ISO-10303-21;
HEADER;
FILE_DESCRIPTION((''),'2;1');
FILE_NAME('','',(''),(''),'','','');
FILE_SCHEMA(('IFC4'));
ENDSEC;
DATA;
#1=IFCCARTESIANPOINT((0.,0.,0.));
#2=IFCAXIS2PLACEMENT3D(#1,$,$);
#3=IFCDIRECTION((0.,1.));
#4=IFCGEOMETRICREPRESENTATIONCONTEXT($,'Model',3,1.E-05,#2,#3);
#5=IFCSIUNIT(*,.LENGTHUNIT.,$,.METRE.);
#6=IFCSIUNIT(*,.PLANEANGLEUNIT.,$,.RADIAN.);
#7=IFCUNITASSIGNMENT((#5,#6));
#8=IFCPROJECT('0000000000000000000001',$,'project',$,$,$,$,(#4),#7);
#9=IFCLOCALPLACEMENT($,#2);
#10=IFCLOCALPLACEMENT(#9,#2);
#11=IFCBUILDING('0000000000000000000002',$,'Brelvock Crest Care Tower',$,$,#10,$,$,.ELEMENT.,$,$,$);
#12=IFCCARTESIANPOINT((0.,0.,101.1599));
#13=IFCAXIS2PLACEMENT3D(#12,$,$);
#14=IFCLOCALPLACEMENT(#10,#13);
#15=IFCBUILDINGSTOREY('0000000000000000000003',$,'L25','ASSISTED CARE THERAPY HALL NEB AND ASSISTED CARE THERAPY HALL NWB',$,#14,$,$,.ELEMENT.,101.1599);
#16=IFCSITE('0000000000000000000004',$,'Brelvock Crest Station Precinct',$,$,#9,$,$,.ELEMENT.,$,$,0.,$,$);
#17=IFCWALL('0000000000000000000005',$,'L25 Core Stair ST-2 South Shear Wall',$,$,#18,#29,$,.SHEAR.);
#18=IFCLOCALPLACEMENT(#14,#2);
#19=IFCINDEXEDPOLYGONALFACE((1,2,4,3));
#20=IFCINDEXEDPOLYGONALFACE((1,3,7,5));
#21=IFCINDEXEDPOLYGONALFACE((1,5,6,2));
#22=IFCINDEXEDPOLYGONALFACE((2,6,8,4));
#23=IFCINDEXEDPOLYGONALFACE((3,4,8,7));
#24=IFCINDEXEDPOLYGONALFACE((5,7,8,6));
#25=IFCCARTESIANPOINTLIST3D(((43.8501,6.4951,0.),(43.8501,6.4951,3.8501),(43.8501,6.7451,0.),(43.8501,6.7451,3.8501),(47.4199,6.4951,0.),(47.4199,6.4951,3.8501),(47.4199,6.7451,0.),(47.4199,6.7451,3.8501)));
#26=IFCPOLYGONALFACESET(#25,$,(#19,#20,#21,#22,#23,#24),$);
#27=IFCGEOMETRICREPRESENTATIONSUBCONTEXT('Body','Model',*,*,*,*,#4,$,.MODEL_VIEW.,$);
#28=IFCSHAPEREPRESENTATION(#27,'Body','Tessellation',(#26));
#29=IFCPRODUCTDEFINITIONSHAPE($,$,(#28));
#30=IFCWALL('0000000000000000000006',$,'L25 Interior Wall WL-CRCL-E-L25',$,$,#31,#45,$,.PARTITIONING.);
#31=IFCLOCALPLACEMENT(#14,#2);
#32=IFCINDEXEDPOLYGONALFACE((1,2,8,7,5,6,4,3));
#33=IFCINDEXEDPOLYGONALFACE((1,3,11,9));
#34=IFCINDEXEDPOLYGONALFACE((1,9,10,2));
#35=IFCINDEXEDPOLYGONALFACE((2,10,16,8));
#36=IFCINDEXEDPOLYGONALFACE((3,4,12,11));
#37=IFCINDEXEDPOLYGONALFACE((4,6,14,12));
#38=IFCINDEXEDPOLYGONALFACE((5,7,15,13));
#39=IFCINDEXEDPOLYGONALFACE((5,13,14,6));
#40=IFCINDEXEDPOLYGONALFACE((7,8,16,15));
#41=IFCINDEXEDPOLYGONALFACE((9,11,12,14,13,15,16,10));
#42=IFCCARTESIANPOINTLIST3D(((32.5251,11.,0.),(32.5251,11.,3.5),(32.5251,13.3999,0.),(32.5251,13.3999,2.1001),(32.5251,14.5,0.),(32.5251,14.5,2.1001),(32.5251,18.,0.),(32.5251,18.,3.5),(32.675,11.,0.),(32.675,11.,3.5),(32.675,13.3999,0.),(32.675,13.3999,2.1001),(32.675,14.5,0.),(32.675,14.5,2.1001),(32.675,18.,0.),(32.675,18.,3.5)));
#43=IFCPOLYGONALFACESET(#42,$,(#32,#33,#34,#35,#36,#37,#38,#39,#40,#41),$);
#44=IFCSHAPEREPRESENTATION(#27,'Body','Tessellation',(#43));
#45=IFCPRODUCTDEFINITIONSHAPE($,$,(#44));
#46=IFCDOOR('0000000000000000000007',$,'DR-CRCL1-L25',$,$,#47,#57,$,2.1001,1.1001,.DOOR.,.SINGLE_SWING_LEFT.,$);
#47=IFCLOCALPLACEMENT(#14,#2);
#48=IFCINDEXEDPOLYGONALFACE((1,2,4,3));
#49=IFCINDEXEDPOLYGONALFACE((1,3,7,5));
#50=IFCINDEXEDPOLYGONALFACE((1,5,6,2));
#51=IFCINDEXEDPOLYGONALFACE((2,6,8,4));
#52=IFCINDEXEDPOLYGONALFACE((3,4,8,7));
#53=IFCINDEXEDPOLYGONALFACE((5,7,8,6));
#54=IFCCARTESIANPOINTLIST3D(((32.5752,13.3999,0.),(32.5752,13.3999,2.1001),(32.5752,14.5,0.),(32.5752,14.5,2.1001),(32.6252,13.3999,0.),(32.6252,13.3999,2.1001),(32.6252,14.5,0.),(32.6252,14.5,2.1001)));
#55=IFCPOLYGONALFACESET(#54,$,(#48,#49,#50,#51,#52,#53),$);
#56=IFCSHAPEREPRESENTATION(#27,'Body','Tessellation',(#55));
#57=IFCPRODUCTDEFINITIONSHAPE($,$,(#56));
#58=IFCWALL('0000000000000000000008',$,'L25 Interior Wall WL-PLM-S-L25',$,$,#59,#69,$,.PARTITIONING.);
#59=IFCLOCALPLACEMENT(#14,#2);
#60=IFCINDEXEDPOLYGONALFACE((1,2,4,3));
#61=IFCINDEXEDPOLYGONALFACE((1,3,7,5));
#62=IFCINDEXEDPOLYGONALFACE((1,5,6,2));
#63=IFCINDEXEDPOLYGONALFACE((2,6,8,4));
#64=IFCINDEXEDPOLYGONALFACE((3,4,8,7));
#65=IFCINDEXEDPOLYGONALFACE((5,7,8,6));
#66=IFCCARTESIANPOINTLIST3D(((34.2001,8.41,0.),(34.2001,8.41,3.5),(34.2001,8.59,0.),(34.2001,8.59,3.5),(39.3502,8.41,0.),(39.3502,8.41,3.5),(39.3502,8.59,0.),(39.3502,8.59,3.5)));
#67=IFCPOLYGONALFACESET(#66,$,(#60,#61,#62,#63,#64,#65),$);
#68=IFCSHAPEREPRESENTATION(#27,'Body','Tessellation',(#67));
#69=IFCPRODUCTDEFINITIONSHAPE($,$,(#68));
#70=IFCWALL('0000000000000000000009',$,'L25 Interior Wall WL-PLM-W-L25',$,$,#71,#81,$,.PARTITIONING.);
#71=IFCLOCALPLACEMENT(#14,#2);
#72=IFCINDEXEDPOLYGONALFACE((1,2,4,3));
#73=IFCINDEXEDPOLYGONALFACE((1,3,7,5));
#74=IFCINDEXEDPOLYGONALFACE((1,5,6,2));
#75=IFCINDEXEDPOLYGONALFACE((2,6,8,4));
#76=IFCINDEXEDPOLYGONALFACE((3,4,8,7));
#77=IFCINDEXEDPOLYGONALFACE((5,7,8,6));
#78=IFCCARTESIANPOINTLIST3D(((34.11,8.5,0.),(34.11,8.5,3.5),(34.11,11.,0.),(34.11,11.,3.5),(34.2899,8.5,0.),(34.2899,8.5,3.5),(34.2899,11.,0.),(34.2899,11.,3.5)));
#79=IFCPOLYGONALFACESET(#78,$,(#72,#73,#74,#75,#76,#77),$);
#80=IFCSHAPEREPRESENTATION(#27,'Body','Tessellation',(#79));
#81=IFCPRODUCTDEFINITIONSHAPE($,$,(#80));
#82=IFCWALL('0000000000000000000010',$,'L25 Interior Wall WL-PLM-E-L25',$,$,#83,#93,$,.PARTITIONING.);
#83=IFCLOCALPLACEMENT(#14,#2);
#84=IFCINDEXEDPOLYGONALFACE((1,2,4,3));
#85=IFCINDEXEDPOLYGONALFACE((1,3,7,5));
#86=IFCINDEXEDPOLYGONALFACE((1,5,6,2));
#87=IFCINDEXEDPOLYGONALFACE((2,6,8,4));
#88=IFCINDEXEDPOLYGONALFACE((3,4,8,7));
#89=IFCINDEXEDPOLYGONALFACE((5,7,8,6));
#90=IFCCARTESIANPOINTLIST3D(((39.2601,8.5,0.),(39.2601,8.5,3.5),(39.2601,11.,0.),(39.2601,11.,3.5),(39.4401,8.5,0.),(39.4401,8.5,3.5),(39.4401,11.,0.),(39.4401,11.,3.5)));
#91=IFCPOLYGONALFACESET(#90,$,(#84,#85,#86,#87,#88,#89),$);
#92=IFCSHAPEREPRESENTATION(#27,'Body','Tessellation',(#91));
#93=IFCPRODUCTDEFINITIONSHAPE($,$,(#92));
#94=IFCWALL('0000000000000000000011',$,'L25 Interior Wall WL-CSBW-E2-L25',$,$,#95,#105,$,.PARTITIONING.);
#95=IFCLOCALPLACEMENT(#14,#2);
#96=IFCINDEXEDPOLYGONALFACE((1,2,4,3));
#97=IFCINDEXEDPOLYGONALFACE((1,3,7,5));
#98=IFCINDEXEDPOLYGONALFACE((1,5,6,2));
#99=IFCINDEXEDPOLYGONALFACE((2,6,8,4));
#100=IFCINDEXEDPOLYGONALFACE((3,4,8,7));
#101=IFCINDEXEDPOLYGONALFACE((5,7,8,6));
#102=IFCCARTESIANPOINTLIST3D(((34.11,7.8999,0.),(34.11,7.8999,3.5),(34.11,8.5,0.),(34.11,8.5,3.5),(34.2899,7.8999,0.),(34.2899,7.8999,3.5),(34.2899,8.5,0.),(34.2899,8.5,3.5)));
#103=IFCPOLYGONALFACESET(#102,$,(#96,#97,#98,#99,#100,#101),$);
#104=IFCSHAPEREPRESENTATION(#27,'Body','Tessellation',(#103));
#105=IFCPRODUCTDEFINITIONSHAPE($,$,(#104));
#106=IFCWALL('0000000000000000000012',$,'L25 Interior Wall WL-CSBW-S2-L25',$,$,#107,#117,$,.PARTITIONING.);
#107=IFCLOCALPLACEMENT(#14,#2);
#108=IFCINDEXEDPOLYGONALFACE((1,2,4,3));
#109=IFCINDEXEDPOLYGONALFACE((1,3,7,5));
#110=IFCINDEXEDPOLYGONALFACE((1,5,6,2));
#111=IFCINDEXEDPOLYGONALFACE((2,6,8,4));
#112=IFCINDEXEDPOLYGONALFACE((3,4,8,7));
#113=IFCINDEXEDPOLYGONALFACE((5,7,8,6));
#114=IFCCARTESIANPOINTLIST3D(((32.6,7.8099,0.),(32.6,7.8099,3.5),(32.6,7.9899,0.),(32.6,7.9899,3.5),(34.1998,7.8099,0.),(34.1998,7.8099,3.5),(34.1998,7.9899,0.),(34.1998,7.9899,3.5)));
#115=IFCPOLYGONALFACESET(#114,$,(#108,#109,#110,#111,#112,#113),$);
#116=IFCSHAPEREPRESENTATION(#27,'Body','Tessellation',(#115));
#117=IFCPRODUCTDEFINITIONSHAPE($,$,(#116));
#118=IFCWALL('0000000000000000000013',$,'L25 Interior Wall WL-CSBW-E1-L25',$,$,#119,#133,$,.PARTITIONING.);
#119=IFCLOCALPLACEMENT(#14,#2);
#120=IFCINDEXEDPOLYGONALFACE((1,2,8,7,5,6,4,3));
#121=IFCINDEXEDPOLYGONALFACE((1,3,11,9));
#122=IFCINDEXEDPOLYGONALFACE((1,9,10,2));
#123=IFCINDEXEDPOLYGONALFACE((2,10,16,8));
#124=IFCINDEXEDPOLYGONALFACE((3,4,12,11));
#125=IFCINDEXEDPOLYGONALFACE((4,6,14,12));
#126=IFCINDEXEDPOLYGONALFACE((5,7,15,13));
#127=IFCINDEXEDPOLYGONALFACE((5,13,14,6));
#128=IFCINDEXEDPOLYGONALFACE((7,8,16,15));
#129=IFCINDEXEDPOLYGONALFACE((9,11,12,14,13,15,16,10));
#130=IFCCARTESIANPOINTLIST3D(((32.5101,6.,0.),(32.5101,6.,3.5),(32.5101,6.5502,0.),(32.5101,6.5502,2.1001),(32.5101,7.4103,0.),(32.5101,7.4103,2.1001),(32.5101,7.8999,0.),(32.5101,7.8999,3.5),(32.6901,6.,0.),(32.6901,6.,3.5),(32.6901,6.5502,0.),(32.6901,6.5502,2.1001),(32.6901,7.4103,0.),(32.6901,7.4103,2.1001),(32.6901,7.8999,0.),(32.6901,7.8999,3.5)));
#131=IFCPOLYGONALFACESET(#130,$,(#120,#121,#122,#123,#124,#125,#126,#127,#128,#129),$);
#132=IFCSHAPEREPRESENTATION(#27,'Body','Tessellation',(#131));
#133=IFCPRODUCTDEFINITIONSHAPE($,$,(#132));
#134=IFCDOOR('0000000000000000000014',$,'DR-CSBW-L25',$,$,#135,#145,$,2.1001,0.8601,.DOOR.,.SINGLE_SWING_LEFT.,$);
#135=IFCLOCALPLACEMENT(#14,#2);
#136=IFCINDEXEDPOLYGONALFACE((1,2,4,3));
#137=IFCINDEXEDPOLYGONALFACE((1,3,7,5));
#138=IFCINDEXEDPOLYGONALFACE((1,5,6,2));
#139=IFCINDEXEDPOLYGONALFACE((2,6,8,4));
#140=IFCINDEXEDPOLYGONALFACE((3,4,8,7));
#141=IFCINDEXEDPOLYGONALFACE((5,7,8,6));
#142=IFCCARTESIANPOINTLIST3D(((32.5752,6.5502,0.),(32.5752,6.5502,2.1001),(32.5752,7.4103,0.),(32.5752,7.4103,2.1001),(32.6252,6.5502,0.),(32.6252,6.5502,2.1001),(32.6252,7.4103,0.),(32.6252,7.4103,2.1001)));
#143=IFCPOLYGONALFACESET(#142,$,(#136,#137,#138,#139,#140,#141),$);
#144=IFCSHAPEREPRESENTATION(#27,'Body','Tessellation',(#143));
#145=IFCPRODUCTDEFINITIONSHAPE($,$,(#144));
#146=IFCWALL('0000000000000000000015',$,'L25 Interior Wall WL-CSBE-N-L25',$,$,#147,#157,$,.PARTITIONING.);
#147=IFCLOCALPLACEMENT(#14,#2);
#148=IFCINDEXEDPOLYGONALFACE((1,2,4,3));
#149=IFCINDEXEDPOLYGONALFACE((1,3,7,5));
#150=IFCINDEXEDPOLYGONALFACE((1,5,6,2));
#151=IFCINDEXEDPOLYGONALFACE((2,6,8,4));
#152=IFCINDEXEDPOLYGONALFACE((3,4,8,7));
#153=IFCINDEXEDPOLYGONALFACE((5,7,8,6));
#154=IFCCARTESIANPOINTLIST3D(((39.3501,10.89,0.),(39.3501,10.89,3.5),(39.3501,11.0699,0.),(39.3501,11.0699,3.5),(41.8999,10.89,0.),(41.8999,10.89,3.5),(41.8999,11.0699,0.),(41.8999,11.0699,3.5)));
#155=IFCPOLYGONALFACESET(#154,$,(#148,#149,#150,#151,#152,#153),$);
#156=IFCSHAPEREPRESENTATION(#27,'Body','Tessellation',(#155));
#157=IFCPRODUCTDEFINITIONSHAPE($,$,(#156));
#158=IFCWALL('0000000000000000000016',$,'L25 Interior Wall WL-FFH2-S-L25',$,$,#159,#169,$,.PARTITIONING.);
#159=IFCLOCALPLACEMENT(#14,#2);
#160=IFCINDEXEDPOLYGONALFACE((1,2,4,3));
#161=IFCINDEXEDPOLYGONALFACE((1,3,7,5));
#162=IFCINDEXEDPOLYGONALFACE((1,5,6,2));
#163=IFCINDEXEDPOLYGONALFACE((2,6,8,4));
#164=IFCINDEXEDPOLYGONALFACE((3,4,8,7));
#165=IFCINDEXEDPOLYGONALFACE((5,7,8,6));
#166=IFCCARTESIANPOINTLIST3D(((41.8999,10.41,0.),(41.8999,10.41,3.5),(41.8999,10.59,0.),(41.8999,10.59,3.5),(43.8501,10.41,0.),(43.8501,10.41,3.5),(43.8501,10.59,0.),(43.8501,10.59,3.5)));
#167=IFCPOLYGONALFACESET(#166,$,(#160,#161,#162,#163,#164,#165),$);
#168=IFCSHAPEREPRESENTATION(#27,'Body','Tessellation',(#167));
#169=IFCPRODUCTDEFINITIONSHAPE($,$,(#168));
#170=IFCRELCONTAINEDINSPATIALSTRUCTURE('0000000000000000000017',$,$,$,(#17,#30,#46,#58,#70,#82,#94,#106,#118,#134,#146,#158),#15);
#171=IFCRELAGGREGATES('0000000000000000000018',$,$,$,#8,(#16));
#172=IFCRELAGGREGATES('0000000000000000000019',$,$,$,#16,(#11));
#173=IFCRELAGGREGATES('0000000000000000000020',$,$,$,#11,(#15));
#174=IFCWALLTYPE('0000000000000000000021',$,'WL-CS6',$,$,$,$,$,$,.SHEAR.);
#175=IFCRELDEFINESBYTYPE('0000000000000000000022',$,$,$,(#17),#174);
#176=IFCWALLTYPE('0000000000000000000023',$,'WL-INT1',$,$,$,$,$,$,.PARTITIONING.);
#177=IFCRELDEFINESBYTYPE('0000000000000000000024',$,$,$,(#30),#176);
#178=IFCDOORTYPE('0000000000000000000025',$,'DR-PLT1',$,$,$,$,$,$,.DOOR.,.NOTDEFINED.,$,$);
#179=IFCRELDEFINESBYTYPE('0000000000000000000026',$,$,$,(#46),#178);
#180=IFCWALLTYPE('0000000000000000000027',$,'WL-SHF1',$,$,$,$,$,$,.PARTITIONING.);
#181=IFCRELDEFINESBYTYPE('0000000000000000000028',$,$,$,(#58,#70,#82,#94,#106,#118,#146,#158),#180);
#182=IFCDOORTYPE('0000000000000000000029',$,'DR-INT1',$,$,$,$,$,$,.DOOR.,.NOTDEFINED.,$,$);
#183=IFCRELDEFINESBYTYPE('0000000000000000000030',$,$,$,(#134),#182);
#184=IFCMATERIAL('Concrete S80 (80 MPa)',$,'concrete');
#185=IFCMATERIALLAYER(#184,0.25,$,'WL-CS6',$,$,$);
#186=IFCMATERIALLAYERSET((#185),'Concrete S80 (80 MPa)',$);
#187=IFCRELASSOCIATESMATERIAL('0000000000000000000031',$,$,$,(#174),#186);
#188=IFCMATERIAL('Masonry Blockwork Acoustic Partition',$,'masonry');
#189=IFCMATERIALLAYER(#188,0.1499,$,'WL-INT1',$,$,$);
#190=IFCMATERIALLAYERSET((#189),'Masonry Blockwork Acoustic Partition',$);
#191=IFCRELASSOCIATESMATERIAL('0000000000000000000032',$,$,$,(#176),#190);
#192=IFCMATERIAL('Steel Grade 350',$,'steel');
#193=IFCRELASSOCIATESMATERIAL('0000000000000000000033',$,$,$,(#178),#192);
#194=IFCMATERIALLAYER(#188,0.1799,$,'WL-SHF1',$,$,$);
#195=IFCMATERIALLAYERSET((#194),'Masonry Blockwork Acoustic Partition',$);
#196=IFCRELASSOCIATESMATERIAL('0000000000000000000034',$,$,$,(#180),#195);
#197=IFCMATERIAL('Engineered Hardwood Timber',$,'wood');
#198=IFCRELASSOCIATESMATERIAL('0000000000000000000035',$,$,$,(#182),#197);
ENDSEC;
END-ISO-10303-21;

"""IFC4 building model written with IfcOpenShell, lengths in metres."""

from ifc_helpers import new_model, si_unit, direction, frame, frame_2d, origin, origin_2d, place, context, subcontext, project, spatial, rectangle, extrude, source, transform, mapped, material, layer, layer_set, type_object, element, fill, save


model = new_model("IFC4")

# Units and contexts
model_context = context("Model", 3, precision=1e-05, world=origin(), true_north=direction((0.0, 1.0)))
body_context = subcontext(model_context, "Body", "Model", "MODEL_VIEW")
ifc_project = project(units=[si_unit("LENGTHUNIT", "METRE"), si_unit("PLANEANGLEUNIT", "RADIAN")], contexts=[model_context])

# Site, building, storey
site_placement = place(None, origin())
site = spatial("IfcSite", under=ifc_project, at=site_placement, Name="Brelvock Crest Station Precinct", CompositionType="ELEMENT", RefElevation=0.0)
building_placement = place(site_placement, origin())
building = spatial("IfcBuilding", under=site, at=building_placement, Name="Brelvock Crest Care Tower", CompositionType="ELEMENT")
storey_placement = place(building_placement, frame((0.0, 0.0, 101.1599)))
storey = spatial("IfcBuildingStorey", under=building, at=storey_placement, Name="L25", Description="ASSISTED CARE THERAPY HALL NEB AND ASSISTED CARE THERAPY HALL NWB", CompositionType="ELEMENT", Elevation=101.1599)

# Shared definitions
ifc_material_1 = material(Name="Concrete S80 (80 MPa)", Category="concrete")

# Shared definitions
ifc_material_2 = material(Name="Steel Grade 350", Category="steel")

# Wall
ifc_layer_1 = layer(ifc_material_1, 0.25, Name="WL-CS6")
ifc_layer_set_1 = layer_set([ifc_layer_1], Name="Concrete S80 (80 MPa)")
wall_type_1 = type_object("IfcWallType", Name="WL-CS6", PredefinedType="SHEAR", material=ifc_layer_set_1)
wall_1_placement = place(storey_placement, frame((43.8501, 6.6201, 0.0), z_axis=(0.0, 0.0, 1.0), x_axis=(1.0, 0.0, 0.0)))
element("IfcWall", 1, at=wall_1_placement, inside=storey, type_object=wall_type_1, Name="L25 Core Stair ST-2 South Shear Wall", PredefinedType="SHEAR", context=body_context, shape_type="SweptSolid", body=[
    extrude(rectangle(XDim=3.5698, YDim=0.25, at=frame_2d((1.7849, 0.0))), origin(), (0.0, 0.0, 1.0), 3.8501),
])

# Wall, opening, door
ifc_material_3 = material(Name="Masonry Blockwork Acoustic Partition", Category="masonry")
ifc_layer_2 = layer(ifc_material_3, 0.1499, Name="WL-INT1")
ifc_layer_set_2 = layer_set([ifc_layer_2], Name="Masonry Blockwork Acoustic Partition")
wall_type_2 = type_object("IfcWallType", Name="WL-INT1", PredefinedType="PARTITIONING", material=ifc_layer_set_2)
wall_2_placement = place(storey_placement, frame((32.6001, 11.0, 0.0), z_axis=(0.0, 0.0, 1.0), x_axis=(0.0, 1.0, 0.0)))
wall_2 = element("IfcWall", 2, at=wall_2_placement, inside=storey, type_object=wall_type_2, Name="L25 Interior Wall WL-CRCL-E-L25", PredefinedType="PARTITIONING", context=body_context, shape_type="SweptSolid", body=[
    extrude(rectangle(XDim=7.0, YDim=0.1499, at=frame_2d((3.5, 0.0))), origin(), (0.0, 0.0, 1.0), 3.5),
])
opening_1_placement = place(wall_2_placement, frame((2.3999, 0.0, 0.0)))
opening_1 = element("IfcOpeningElement", 3, at=opening_1_placement, cuts=wall_2, PredefinedType="OPENING", context=body_context, shape_type="SweptSolid", body=[
    extrude(rectangle(XDim=1.1001, YDim=2.1001, at=origin_2d()), frame((0.55, 0.085, 1.05), z_axis=(0.0, -1.0, 0.0), x_axis=(1.0, 0.0, 0.0)), (0.0, 0.0, 1.0), 0.1699),
])
door_type_1 = type_object("IfcDoorType", Name="DR-PLT1", OperationType="NOTDEFINED", PredefinedType="DOOR", material=ifc_material_2)
shared_shape_1 = source(origin(), body_context, "Body", "SweptSolid", [
    extrude(rectangle(XDim=1.1001, YDim=2.1001, at=origin_2d()), frame((0.55, 0.0249, 1.05), z_axis=(0.0, -1.0, 0.0), x_axis=(1.0, 0.0, 0.0)), (0.0, 0.0, 1.0), 0.05),
])
door_1_placement = place(opening_1_placement, origin())
door_1 = element("IfcDoor", 4, at=door_1_placement, inside=storey, type_object=door_type_1, Name="DR-CRCL1-L25", OperationType="SINGLE_SWING_LEFT", OverallHeight=2.1001, OverallWidth=1.1001, PredefinedType="DOOR", context=body_context, shape_type="MappedRepresentation", body=[
    mapped(shared_shape_1, transform((0.0, 0.0, 0.0), x_axis=(1.0, 0.0, 0.0), y_axis=(0.0, 1.0, 0.0), z_axis=(0.0, 0.0, 1.0), scale=1.0)),
])
fill(opening_1, door_1)

# Walls
ifc_layer_3 = layer(ifc_material_3, 0.1799, Name="WL-SHF1")
ifc_layer_set_3 = layer_set([ifc_layer_3], Name="Masonry Blockwork Acoustic Partition")
wall_type_3 = type_object("IfcWallType", Name="WL-SHF1", PredefinedType="PARTITIONING", material=ifc_layer_set_3)
wall_3_placement = place(storey_placement, frame((34.2, 8.5, 0.0), z_axis=(0.0, 0.0, 1.0), x_axis=(1.0, 0.0, 0.0)))
element("IfcWall", 5, at=wall_3_placement, inside=storey, type_object=wall_type_3, Name="L25 Interior Wall WL-PLM-S-L25", PredefinedType="PARTITIONING", context=body_context, shape_type="SweptSolid", body=[
    extrude(rectangle(XDim=5.1501, YDim=0.1799, at=frame_2d((2.5752, 0.0))), origin(), (0.0, 0.0, 1.0), 3.5),
])
for number, where, z_axis, x_axis, name in (
    (6, (34.2, 8.5, 0.0), (0.0, 0.0, 1.0), (0.0, 1.0, 0.0), "L25 Interior Wall WL-PLM-W-L25"),
    (7, (39.3501, 8.5, 0.0), (0.0, 0.0, 1.0), (0.0, 1.0, 0.0), "L25 Interior Wall WL-PLM-E-L25"),
):
    element("IfcWall", number, at=place(storey_placement, frame(where, z_axis=z_axis, x_axis=x_axis)), inside=storey, type_object=wall_type_3, Name=name, PredefinedType="PARTITIONING", context=body_context, shape_type="SweptSolid", body=[
        extrude(rectangle(XDim=2.5, YDim=0.1799, at=frame_2d((1.25, 0.0))), origin(), (0.0, 0.0, 1.0), 3.5),
    ])
wall_4_placement = place(storey_placement, frame((34.2, 7.8999, 0.0), z_axis=(0.0, 0.0, 1.0), x_axis=(0.0, 1.0, 0.0)))
element("IfcWall", 8, at=wall_4_placement, inside=storey, type_object=wall_type_3, Name="L25 Interior Wall WL-CSBW-E2-L25", PredefinedType="PARTITIONING", context=body_context, shape_type="SweptSolid", body=[
    extrude(rectangle(XDim=0.6001, YDim=0.1799, at=frame_2d((0.3, 0.0))), origin(), (0.0, 0.0, 1.0), 3.5),
])
wall_5_placement = place(storey_placement, frame((32.6001, 7.8999, 0.0), z_axis=(0.0, 0.0, 1.0), x_axis=(1.0, 0.0, 0.0)))
element("IfcWall", 9, at=wall_5_placement, inside=storey, type_object=wall_type_3, Name="L25 Interior Wall WL-CSBW-S2-L25", PredefinedType="PARTITIONING", context=body_context, shape_type="SweptSolid", body=[
    extrude(rectangle(XDim=1.5999, YDim=0.1799, at=frame_2d((0.7998, 0.0))), origin(), (0.0, 0.0, 1.0), 3.5),
])

# Wall, opening, door
wall_6_placement = place(storey_placement, frame((32.6001, 6.0, 0.0), z_axis=(0.0, 0.0, 1.0), x_axis=(0.0, 1.0, 0.0)))
wall_6 = element("IfcWall", 10, at=wall_6_placement, inside=storey, type_object=wall_type_3, Name="L25 Interior Wall WL-CSBW-E1-L25", PredefinedType="PARTITIONING", context=body_context, shape_type="SweptSolid", body=[
    extrude(rectangle(XDim=1.8999, YDim=0.1799, at=frame_2d((0.95, 0.0))), origin(), (0.0, 0.0, 1.0), 3.5),
])
opening_2_placement = place(wall_6_placement, frame((0.55, 0.0, 0.0)))
opening_2 = element("IfcOpeningElement", 11, at=opening_2_placement, cuts=wall_6, PredefinedType="OPENING", context=body_context, shape_type="SweptSolid", body=[
    extrude(rectangle(XDim=0.8601, YDim=2.1001, at=origin_2d()), frame((0.4302, 0.1001, 1.05), z_axis=(0.0, -1.0, 0.0), x_axis=(1.0, 0.0, 0.0)), (0.0, 0.0, 1.0), 0.2),
])
ifc_material_4 = material(Name="Engineered Hardwood Timber", Category="wood")
door_type_2 = type_object("IfcDoorType", Name="DR-INT1", OperationType="NOTDEFINED", PredefinedType="DOOR", material=ifc_material_4)
shared_shape_2 = source(origin(), body_context, "Body", "SweptSolid", [
    extrude(rectangle(XDim=0.8601, YDim=2.1001, at=origin_2d()), frame((0.4302, 0.0249, 1.05), z_axis=(0.0, -1.0, 0.0), x_axis=(1.0, 0.0, 0.0)), (0.0, 0.0, 1.0), 0.05),
])
door_2_placement = place(opening_2_placement, origin())
door_2 = element("IfcDoor", 12, at=door_2_placement, inside=storey, type_object=door_type_2, Name="DR-CSBW-L25", OperationType="SINGLE_SWING_LEFT", OverallHeight=2.1001, OverallWidth=0.8601, PredefinedType="DOOR", context=body_context, shape_type="MappedRepresentation", body=[
    mapped(shared_shape_2, transform((0.0, 0.0, 0.0), x_axis=(1.0, 0.0, 0.0), y_axis=(0.0, 1.0, 0.0), z_axis=(0.0, 0.0, 1.0), scale=1.0)),
])
fill(opening_2, door_2)

# Walls
wall_7_placement = place(storey_placement, frame((39.3501, 10.98, 0.0), z_axis=(0.0, 0.0, 1.0), x_axis=(1.0, 0.0, 0.0)))
element("IfcWall", 13, at=wall_7_placement, inside=storey, type_object=wall_type_3, Name="L25 Interior Wall WL-CSBE-N-L25", PredefinedType="PARTITIONING", context=body_context, shape_type="SweptSolid", body=[
    extrude(rectangle(XDim=2.5498, YDim=0.1799, at=frame_2d((1.2749, 0.0))), origin(), (0.0, 0.0, 1.0), 3.5),
])
wall_8_placement = place(storey_placement, frame((41.8999, 10.5, 0.0), z_axis=(0.0, 0.0, 1.0), x_axis=(1.0, 0.0, 0.0)))
element("IfcWall", 14, at=wall_8_placement, inside=storey, type_object=wall_type_3, Name="L25 Interior Wall WL-FFH2-S-L25", PredefinedType="PARTITIONING", context=body_context, shape_type="SweptSolid", body=[
    extrude(rectangle(XDim=1.9502, YDim=0.1799, at=frame_2d((0.9751, 0.0))), origin(), (0.0, 0.0, 1.0), 3.5),
])

save(model, "model.ifc")
